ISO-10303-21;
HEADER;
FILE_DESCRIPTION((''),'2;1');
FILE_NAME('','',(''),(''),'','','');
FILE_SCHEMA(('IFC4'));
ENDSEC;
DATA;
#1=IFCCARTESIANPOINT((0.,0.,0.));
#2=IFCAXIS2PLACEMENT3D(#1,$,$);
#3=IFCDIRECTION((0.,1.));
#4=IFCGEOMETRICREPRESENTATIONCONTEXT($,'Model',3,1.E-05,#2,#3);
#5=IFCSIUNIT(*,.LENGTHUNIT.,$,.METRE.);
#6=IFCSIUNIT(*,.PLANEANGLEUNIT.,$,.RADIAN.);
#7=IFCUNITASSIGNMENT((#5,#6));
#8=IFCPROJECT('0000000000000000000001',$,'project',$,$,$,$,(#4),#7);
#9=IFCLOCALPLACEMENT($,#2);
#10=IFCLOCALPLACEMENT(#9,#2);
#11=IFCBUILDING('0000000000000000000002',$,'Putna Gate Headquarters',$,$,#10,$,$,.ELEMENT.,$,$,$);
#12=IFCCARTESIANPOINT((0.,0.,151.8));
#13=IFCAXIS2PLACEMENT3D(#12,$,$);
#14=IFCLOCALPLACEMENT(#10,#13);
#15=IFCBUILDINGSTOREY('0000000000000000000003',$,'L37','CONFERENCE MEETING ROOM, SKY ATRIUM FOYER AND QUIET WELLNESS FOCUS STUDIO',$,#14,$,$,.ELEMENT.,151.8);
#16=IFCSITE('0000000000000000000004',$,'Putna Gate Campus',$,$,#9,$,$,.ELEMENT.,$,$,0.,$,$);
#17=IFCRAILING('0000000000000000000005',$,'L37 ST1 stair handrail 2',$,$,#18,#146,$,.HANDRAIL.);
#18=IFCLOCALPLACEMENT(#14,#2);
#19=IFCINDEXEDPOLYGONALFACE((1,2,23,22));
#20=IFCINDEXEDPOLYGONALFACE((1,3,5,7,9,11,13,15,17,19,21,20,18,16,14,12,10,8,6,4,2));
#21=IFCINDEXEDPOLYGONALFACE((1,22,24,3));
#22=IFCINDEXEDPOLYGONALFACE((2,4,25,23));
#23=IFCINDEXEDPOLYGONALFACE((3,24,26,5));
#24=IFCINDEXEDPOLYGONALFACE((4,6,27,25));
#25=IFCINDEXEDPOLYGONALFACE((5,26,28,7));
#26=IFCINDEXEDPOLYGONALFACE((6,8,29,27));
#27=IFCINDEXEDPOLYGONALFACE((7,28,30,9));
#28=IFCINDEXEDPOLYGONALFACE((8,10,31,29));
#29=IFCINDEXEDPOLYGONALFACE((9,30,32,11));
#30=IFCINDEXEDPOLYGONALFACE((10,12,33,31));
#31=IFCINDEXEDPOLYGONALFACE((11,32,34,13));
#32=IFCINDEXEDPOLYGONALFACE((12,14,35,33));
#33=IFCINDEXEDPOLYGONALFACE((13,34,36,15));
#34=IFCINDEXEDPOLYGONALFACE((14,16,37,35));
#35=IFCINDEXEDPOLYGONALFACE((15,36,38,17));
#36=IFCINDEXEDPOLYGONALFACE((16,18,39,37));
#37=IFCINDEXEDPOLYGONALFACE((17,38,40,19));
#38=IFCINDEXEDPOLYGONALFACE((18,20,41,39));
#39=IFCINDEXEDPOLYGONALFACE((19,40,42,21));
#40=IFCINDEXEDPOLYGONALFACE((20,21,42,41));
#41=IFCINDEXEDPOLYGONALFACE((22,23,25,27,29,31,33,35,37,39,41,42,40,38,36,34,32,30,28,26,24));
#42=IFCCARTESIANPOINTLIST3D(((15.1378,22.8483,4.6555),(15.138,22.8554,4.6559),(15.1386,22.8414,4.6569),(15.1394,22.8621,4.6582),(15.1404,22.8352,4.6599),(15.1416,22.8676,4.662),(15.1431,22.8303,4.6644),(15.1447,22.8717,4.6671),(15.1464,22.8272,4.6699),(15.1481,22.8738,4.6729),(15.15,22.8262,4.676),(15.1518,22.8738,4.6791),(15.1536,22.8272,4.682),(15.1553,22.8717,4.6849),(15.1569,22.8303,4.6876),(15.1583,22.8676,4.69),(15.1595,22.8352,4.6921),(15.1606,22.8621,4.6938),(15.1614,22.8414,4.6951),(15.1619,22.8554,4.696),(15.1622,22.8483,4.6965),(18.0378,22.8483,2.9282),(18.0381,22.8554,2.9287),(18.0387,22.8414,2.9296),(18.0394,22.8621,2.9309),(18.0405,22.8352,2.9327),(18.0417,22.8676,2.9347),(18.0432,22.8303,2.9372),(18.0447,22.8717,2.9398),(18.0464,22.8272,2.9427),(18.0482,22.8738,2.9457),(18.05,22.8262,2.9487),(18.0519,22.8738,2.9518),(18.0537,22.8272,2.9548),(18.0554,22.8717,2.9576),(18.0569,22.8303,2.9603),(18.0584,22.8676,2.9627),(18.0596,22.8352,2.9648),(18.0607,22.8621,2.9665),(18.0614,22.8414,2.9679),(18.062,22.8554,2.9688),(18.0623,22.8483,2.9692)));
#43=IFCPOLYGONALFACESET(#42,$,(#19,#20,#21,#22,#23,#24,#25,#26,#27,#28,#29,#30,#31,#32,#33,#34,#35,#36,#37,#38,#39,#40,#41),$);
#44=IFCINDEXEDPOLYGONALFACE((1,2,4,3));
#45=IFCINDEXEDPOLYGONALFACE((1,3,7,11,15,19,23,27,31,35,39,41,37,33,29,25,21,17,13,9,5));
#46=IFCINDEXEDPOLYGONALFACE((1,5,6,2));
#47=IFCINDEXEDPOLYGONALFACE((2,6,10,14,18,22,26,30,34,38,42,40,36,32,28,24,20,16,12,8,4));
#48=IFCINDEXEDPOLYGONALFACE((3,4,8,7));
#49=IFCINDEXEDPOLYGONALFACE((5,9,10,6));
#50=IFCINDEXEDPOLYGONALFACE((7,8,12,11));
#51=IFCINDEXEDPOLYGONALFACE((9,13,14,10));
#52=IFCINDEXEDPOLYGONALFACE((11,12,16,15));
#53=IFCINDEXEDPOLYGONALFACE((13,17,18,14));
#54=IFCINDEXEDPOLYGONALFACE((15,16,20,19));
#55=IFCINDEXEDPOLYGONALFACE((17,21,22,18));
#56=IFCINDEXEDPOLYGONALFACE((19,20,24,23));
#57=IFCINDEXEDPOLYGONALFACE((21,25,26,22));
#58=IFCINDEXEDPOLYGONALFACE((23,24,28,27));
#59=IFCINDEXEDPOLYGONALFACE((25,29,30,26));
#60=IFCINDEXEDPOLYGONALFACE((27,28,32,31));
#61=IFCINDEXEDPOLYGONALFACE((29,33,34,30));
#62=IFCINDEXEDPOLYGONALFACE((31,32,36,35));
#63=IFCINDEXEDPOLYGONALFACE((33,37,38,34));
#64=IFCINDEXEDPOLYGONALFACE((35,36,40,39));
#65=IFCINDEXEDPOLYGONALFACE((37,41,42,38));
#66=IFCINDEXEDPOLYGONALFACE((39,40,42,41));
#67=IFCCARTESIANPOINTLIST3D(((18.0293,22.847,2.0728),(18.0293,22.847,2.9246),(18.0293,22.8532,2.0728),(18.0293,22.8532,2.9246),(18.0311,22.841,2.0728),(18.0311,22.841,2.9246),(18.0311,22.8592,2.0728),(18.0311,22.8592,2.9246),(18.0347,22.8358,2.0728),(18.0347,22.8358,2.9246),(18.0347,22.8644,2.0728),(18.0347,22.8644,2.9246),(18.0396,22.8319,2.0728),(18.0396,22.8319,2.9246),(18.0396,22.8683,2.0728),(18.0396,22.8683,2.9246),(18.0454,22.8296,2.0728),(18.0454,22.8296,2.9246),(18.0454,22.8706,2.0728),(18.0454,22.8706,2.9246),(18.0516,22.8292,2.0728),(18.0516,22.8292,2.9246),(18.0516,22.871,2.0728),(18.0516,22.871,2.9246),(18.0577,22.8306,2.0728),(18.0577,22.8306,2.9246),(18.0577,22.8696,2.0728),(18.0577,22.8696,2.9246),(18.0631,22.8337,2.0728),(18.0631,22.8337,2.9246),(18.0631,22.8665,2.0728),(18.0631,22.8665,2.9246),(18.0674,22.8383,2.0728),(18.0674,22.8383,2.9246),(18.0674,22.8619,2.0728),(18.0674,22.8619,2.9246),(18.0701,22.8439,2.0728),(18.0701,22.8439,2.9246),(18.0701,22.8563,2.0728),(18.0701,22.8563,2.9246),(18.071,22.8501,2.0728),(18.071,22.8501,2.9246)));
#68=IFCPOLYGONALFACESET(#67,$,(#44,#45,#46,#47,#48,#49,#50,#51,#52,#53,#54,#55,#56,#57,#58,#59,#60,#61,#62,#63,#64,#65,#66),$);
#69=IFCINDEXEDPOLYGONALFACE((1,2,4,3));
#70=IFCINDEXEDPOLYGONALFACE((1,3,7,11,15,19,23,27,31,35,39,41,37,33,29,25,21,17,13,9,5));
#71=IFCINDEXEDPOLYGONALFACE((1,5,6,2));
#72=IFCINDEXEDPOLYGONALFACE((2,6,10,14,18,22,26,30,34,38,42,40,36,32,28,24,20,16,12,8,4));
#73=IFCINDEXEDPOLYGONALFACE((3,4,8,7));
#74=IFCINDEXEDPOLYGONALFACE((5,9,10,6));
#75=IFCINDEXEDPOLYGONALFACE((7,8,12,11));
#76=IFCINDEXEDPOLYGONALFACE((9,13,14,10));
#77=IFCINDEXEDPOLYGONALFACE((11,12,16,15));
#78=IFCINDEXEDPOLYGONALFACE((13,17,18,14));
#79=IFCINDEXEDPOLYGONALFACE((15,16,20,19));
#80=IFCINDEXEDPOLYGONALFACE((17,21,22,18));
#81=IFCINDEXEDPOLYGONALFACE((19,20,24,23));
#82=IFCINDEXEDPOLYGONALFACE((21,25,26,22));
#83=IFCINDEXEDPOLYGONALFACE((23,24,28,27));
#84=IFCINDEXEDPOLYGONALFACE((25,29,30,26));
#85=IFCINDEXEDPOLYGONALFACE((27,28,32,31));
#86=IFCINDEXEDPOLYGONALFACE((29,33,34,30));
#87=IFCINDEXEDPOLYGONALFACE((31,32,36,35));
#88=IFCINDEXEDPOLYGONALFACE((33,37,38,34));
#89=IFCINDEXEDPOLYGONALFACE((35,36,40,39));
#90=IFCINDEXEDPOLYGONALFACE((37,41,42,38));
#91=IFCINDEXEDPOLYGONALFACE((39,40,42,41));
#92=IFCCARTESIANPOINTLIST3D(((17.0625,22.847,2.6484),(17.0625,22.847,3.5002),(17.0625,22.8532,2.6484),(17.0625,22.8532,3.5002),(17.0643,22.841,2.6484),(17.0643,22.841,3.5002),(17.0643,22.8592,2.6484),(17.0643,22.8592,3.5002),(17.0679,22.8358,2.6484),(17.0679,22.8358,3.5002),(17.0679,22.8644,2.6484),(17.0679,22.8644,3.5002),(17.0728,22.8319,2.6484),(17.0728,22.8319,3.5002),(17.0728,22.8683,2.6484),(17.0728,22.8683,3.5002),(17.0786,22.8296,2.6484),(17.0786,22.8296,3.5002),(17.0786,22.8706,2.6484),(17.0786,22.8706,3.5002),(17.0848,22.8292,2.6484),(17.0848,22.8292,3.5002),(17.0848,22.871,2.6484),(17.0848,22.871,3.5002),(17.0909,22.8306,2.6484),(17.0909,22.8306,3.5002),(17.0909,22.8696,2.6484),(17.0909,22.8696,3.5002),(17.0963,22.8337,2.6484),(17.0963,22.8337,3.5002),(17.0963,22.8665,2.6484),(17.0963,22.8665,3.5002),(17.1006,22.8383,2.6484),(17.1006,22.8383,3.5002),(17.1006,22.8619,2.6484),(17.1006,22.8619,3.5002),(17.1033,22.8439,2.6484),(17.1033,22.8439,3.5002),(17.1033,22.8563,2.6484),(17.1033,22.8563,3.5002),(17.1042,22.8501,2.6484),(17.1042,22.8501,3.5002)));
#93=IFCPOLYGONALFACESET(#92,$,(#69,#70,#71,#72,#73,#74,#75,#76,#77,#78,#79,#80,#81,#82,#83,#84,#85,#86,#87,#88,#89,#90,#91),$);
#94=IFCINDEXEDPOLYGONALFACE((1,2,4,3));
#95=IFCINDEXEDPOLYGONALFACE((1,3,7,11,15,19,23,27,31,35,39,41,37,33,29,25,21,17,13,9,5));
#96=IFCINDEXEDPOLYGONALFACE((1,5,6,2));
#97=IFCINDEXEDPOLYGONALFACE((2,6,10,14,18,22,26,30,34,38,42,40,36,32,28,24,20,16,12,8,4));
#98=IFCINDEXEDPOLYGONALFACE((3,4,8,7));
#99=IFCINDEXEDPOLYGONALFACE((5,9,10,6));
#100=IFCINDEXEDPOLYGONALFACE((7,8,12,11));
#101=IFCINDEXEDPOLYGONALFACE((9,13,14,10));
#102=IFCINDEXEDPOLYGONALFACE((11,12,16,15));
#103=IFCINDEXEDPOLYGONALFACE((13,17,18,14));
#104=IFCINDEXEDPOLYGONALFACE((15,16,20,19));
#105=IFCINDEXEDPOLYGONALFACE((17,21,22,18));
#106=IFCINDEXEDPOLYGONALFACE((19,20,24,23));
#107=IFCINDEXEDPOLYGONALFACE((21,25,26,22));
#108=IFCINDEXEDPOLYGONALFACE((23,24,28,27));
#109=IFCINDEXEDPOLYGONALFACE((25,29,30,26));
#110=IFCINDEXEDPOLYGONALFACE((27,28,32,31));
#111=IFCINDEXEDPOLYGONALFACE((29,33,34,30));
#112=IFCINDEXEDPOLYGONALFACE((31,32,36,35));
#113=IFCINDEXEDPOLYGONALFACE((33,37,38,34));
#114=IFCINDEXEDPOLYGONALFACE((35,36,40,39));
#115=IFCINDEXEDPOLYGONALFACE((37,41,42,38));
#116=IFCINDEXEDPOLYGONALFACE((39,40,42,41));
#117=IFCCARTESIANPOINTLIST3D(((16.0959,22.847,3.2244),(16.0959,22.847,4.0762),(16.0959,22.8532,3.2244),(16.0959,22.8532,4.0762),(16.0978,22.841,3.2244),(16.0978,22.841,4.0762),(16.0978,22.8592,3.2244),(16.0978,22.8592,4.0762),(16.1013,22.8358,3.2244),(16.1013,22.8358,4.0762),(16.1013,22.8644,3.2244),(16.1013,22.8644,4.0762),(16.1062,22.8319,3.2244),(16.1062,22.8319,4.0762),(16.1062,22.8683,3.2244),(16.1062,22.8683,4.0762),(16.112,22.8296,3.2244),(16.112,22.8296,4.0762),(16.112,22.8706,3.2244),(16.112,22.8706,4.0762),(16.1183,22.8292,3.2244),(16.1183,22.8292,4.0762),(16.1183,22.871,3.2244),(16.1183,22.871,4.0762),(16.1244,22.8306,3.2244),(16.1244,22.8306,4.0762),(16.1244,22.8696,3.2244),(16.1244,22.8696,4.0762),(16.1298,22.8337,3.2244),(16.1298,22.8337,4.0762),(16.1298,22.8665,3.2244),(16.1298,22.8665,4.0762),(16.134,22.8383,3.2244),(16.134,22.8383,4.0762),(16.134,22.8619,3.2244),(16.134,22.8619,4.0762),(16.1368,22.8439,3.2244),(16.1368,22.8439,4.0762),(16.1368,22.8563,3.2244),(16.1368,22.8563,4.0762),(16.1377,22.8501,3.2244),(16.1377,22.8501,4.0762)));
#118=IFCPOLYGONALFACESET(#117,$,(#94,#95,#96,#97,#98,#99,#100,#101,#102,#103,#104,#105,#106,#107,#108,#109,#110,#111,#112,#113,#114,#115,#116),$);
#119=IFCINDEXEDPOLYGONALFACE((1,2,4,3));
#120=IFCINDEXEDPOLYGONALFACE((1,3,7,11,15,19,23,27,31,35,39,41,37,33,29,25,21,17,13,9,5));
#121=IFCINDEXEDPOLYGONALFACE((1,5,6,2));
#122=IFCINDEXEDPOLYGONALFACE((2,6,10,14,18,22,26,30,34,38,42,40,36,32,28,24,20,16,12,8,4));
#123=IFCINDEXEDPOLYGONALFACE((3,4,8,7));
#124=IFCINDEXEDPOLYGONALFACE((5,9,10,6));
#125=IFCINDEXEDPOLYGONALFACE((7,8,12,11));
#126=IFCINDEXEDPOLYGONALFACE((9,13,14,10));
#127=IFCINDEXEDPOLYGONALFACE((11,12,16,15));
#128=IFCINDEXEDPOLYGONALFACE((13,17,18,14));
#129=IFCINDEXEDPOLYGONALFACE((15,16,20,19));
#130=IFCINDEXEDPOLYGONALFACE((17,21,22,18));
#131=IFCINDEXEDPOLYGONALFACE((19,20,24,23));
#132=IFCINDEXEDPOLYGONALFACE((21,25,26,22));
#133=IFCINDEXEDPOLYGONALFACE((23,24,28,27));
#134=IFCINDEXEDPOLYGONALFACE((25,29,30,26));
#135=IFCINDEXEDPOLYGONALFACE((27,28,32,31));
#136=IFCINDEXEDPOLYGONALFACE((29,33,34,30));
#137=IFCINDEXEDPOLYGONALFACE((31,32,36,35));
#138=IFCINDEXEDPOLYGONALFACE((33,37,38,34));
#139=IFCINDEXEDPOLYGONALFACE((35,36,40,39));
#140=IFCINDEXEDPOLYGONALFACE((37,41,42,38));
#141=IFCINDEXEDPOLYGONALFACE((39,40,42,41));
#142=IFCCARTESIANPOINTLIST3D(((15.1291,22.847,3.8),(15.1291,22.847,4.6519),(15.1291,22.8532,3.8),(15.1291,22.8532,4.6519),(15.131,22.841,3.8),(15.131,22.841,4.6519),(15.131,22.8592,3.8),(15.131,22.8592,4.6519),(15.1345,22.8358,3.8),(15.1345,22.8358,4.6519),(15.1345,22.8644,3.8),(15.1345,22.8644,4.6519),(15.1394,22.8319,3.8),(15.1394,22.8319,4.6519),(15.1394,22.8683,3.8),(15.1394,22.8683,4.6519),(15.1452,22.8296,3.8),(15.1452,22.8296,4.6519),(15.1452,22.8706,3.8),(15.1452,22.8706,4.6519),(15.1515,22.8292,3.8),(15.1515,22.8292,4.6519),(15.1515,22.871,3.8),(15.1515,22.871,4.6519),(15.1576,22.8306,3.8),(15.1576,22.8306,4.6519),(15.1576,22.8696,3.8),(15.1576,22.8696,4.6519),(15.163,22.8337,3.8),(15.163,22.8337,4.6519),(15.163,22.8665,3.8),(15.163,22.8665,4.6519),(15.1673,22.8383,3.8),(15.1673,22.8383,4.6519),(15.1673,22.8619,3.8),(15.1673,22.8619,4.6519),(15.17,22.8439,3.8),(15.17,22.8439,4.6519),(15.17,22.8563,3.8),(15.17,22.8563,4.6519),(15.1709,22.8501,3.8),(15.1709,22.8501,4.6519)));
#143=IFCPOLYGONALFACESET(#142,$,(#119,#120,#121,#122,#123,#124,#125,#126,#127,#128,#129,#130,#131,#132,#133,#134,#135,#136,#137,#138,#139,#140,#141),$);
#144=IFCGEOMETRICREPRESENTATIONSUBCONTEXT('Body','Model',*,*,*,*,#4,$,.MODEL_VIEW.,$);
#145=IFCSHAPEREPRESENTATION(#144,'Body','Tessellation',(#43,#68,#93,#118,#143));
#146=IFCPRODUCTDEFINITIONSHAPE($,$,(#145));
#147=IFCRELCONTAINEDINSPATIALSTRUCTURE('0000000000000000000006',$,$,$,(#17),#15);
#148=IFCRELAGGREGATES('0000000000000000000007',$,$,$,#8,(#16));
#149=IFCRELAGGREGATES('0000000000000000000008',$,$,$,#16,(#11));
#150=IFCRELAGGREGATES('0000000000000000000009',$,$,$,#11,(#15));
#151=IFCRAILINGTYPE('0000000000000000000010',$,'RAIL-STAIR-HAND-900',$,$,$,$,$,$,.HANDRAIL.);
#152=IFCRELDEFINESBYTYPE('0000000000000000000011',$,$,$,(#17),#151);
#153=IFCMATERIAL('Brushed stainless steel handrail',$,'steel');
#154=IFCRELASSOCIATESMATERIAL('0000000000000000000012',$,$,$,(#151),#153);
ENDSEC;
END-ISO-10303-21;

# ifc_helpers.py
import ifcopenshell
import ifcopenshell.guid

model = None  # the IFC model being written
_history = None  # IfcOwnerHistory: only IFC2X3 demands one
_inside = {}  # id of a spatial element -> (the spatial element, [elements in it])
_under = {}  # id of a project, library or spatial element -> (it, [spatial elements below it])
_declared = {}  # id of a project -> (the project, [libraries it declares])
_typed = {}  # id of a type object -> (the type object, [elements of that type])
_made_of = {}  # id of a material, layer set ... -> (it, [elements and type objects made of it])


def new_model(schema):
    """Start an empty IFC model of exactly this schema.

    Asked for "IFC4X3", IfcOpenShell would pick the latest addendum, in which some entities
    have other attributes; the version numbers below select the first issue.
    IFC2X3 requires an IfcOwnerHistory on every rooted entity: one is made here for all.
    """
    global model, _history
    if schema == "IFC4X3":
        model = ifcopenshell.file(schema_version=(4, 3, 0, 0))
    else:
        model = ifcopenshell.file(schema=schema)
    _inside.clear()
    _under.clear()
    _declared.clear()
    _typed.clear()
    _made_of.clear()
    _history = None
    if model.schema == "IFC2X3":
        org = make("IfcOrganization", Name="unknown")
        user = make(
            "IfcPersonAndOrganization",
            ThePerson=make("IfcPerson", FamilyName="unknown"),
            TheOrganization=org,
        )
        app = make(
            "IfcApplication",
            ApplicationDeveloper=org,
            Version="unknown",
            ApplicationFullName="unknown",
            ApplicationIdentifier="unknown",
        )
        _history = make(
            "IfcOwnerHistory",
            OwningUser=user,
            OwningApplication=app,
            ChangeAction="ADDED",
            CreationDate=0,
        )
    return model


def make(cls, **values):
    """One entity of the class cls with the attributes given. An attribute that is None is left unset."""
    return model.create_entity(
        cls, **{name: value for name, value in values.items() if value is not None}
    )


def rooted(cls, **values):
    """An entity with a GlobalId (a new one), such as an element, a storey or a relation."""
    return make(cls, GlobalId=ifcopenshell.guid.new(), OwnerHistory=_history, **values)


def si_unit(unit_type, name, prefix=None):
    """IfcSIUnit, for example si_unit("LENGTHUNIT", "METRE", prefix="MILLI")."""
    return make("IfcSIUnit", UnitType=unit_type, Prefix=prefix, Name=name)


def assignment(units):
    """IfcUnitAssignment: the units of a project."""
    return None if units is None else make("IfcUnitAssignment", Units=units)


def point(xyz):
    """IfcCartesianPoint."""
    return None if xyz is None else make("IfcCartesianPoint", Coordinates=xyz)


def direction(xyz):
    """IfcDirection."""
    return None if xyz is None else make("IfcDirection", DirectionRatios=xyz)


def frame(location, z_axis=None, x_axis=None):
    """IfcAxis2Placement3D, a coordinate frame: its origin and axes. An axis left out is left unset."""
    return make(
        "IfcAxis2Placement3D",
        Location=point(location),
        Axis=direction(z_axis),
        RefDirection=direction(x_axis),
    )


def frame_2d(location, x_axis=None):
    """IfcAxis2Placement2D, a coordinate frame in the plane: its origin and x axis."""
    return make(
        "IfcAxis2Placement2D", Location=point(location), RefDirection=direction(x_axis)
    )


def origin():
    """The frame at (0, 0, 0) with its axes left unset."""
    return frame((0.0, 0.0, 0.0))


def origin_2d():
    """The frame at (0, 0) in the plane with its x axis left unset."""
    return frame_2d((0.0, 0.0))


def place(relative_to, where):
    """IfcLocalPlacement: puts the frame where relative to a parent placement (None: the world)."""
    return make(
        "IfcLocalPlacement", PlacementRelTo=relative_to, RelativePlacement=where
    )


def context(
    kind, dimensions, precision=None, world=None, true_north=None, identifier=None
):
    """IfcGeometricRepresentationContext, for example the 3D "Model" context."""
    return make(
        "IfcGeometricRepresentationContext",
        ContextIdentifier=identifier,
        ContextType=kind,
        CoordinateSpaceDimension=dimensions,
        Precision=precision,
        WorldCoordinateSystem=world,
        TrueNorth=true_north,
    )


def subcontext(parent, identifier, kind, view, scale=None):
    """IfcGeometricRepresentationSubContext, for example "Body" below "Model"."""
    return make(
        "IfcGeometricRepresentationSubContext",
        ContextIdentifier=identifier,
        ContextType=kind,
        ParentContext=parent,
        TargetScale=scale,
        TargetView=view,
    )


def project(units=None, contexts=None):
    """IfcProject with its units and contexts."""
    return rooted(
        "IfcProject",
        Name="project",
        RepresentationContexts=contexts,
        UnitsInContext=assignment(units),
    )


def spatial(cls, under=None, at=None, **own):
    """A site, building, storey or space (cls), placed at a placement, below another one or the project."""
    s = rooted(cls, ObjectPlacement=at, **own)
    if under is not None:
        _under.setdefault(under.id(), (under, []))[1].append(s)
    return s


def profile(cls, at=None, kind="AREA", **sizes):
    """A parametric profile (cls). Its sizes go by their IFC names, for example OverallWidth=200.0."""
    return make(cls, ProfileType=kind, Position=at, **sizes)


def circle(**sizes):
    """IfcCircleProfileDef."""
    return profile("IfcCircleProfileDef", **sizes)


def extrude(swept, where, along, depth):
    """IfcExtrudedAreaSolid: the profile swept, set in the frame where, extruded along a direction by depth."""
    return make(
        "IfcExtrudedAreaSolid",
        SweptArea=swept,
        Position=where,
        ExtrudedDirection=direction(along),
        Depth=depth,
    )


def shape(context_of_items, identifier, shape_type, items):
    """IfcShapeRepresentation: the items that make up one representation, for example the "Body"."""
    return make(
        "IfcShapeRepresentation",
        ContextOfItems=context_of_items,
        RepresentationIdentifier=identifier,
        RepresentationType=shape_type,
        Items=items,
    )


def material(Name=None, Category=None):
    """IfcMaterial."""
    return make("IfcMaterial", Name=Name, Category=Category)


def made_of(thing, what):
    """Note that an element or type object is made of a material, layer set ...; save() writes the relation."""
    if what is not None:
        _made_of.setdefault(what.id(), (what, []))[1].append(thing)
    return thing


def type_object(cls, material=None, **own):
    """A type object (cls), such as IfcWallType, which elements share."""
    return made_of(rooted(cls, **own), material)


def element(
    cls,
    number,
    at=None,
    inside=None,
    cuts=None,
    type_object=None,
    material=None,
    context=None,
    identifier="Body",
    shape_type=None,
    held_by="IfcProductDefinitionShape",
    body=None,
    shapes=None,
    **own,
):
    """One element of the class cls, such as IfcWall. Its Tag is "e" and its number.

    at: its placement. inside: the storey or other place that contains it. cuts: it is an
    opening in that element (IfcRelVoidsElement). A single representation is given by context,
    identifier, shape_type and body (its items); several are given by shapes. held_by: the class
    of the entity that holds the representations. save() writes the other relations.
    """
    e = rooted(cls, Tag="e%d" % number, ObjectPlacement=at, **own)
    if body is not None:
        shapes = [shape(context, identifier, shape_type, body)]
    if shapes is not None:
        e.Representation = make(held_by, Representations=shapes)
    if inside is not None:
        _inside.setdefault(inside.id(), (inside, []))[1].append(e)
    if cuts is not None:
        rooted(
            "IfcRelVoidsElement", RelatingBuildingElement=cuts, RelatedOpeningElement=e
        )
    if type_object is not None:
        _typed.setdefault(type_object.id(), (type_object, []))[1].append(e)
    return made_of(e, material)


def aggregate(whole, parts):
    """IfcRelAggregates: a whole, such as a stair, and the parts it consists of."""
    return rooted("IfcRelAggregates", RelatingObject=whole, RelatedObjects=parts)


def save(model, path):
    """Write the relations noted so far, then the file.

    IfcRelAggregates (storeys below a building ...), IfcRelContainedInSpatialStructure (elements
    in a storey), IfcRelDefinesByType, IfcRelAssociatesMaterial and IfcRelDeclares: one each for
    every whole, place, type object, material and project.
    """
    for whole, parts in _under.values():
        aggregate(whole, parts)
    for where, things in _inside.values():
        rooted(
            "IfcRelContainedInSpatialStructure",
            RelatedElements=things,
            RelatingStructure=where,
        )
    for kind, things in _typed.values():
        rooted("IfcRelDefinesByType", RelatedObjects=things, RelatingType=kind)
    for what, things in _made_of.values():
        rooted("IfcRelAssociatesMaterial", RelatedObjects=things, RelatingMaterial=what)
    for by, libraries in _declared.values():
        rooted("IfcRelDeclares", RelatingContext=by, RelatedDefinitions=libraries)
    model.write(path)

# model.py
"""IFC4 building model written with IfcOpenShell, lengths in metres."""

from ifc_helpers import new_model, si_unit, direction, frame, origin, origin_2d, place, context, subcontext, project, spatial, circle, extrude, material, type_object, element, save


model = new_model("IFC4")

# Units and contexts
model_context = context("Model", 3, precision=1e-05, world=origin(), true_north=direction((0.0, 1.0)))
body_context = subcontext(model_context, "Body", "Model", "MODEL_VIEW")
ifc_project = project(units=[si_unit("LENGTHUNIT", "METRE"), si_unit("PLANEANGLEUNIT", "RADIAN")], contexts=[model_context])

# Site, building, storey
site_placement = place(None, origin())
site = spatial("IfcSite", under=ifc_project, at=site_placement, Name="Putna Gate Campus", CompositionType="ELEMENT", RefElevation=0.0)
building_placement = place(site_placement, origin())
building = spatial("IfcBuilding", under=site, at=building_placement, Name="Putna Gate Headquarters", CompositionType="ELEMENT")
storey_placement = place(building_placement, frame((0.0, 0.0, 151.8)))
storey = spatial("IfcBuildingStorey", under=building, at=storey_placement, Name="L37", Description="CONFERENCE MEETING ROOM, SKY ATRIUM FOYER AND QUIET WELLNESS FOCUS STUDIO", CompositionType="ELEMENT", Elevation=151.8)

# Railing
ifc_material_1 = material(Name="Brushed stainless steel handrail", Category="steel")
railing_type_1 = type_object("IfcRailingType", Name="RAIL-STAIR-HAND-900", PredefinedType="HANDRAIL", material=ifc_material_1)
railing_1_placement = place(storey_placement, frame((18.05, 22.8501, 2.0728)))
element("IfcRailing", 1, at=railing_1_placement, inside=storey, type_object=railing_type_1, Name="L37 ST1 stair handrail 2", PredefinedType="HANDRAIL", context=body_context, shape_type="SweptSolid", body=[
    extrude(circle(Radius=0.0239, at=origin_2d()), frame((0.0, 0.0, 0.876), z_axis=(-0.85916, 0.0, 0.511706), x_axis=(0.0, -1.0, 0.0)), (0.0, 0.0, 1.0), 3.3755),
    extrude(circle(Radius=0.021, at=origin_2d()), origin(), (0.0, 0.0, 1.0), 0.8518),
    extrude(circle(Radius=0.021, at=origin_2d()), frame((-0.9668, 0.0, 0.5757)), (0.0, 0.0, 1.0), 0.8518),
    extrude(circle(Radius=0.021, at=origin_2d()), frame((-1.9333, 0.0, 1.1516)), (0.0, 0.0, 1.0), 0.8518),
    extrude(circle(Radius=0.021, at=origin_2d()), frame((-2.9001, 0.0, 1.7273)), (0.0, 0.0, 1.0), 0.8518),
])

save(model, "model.ifc")
